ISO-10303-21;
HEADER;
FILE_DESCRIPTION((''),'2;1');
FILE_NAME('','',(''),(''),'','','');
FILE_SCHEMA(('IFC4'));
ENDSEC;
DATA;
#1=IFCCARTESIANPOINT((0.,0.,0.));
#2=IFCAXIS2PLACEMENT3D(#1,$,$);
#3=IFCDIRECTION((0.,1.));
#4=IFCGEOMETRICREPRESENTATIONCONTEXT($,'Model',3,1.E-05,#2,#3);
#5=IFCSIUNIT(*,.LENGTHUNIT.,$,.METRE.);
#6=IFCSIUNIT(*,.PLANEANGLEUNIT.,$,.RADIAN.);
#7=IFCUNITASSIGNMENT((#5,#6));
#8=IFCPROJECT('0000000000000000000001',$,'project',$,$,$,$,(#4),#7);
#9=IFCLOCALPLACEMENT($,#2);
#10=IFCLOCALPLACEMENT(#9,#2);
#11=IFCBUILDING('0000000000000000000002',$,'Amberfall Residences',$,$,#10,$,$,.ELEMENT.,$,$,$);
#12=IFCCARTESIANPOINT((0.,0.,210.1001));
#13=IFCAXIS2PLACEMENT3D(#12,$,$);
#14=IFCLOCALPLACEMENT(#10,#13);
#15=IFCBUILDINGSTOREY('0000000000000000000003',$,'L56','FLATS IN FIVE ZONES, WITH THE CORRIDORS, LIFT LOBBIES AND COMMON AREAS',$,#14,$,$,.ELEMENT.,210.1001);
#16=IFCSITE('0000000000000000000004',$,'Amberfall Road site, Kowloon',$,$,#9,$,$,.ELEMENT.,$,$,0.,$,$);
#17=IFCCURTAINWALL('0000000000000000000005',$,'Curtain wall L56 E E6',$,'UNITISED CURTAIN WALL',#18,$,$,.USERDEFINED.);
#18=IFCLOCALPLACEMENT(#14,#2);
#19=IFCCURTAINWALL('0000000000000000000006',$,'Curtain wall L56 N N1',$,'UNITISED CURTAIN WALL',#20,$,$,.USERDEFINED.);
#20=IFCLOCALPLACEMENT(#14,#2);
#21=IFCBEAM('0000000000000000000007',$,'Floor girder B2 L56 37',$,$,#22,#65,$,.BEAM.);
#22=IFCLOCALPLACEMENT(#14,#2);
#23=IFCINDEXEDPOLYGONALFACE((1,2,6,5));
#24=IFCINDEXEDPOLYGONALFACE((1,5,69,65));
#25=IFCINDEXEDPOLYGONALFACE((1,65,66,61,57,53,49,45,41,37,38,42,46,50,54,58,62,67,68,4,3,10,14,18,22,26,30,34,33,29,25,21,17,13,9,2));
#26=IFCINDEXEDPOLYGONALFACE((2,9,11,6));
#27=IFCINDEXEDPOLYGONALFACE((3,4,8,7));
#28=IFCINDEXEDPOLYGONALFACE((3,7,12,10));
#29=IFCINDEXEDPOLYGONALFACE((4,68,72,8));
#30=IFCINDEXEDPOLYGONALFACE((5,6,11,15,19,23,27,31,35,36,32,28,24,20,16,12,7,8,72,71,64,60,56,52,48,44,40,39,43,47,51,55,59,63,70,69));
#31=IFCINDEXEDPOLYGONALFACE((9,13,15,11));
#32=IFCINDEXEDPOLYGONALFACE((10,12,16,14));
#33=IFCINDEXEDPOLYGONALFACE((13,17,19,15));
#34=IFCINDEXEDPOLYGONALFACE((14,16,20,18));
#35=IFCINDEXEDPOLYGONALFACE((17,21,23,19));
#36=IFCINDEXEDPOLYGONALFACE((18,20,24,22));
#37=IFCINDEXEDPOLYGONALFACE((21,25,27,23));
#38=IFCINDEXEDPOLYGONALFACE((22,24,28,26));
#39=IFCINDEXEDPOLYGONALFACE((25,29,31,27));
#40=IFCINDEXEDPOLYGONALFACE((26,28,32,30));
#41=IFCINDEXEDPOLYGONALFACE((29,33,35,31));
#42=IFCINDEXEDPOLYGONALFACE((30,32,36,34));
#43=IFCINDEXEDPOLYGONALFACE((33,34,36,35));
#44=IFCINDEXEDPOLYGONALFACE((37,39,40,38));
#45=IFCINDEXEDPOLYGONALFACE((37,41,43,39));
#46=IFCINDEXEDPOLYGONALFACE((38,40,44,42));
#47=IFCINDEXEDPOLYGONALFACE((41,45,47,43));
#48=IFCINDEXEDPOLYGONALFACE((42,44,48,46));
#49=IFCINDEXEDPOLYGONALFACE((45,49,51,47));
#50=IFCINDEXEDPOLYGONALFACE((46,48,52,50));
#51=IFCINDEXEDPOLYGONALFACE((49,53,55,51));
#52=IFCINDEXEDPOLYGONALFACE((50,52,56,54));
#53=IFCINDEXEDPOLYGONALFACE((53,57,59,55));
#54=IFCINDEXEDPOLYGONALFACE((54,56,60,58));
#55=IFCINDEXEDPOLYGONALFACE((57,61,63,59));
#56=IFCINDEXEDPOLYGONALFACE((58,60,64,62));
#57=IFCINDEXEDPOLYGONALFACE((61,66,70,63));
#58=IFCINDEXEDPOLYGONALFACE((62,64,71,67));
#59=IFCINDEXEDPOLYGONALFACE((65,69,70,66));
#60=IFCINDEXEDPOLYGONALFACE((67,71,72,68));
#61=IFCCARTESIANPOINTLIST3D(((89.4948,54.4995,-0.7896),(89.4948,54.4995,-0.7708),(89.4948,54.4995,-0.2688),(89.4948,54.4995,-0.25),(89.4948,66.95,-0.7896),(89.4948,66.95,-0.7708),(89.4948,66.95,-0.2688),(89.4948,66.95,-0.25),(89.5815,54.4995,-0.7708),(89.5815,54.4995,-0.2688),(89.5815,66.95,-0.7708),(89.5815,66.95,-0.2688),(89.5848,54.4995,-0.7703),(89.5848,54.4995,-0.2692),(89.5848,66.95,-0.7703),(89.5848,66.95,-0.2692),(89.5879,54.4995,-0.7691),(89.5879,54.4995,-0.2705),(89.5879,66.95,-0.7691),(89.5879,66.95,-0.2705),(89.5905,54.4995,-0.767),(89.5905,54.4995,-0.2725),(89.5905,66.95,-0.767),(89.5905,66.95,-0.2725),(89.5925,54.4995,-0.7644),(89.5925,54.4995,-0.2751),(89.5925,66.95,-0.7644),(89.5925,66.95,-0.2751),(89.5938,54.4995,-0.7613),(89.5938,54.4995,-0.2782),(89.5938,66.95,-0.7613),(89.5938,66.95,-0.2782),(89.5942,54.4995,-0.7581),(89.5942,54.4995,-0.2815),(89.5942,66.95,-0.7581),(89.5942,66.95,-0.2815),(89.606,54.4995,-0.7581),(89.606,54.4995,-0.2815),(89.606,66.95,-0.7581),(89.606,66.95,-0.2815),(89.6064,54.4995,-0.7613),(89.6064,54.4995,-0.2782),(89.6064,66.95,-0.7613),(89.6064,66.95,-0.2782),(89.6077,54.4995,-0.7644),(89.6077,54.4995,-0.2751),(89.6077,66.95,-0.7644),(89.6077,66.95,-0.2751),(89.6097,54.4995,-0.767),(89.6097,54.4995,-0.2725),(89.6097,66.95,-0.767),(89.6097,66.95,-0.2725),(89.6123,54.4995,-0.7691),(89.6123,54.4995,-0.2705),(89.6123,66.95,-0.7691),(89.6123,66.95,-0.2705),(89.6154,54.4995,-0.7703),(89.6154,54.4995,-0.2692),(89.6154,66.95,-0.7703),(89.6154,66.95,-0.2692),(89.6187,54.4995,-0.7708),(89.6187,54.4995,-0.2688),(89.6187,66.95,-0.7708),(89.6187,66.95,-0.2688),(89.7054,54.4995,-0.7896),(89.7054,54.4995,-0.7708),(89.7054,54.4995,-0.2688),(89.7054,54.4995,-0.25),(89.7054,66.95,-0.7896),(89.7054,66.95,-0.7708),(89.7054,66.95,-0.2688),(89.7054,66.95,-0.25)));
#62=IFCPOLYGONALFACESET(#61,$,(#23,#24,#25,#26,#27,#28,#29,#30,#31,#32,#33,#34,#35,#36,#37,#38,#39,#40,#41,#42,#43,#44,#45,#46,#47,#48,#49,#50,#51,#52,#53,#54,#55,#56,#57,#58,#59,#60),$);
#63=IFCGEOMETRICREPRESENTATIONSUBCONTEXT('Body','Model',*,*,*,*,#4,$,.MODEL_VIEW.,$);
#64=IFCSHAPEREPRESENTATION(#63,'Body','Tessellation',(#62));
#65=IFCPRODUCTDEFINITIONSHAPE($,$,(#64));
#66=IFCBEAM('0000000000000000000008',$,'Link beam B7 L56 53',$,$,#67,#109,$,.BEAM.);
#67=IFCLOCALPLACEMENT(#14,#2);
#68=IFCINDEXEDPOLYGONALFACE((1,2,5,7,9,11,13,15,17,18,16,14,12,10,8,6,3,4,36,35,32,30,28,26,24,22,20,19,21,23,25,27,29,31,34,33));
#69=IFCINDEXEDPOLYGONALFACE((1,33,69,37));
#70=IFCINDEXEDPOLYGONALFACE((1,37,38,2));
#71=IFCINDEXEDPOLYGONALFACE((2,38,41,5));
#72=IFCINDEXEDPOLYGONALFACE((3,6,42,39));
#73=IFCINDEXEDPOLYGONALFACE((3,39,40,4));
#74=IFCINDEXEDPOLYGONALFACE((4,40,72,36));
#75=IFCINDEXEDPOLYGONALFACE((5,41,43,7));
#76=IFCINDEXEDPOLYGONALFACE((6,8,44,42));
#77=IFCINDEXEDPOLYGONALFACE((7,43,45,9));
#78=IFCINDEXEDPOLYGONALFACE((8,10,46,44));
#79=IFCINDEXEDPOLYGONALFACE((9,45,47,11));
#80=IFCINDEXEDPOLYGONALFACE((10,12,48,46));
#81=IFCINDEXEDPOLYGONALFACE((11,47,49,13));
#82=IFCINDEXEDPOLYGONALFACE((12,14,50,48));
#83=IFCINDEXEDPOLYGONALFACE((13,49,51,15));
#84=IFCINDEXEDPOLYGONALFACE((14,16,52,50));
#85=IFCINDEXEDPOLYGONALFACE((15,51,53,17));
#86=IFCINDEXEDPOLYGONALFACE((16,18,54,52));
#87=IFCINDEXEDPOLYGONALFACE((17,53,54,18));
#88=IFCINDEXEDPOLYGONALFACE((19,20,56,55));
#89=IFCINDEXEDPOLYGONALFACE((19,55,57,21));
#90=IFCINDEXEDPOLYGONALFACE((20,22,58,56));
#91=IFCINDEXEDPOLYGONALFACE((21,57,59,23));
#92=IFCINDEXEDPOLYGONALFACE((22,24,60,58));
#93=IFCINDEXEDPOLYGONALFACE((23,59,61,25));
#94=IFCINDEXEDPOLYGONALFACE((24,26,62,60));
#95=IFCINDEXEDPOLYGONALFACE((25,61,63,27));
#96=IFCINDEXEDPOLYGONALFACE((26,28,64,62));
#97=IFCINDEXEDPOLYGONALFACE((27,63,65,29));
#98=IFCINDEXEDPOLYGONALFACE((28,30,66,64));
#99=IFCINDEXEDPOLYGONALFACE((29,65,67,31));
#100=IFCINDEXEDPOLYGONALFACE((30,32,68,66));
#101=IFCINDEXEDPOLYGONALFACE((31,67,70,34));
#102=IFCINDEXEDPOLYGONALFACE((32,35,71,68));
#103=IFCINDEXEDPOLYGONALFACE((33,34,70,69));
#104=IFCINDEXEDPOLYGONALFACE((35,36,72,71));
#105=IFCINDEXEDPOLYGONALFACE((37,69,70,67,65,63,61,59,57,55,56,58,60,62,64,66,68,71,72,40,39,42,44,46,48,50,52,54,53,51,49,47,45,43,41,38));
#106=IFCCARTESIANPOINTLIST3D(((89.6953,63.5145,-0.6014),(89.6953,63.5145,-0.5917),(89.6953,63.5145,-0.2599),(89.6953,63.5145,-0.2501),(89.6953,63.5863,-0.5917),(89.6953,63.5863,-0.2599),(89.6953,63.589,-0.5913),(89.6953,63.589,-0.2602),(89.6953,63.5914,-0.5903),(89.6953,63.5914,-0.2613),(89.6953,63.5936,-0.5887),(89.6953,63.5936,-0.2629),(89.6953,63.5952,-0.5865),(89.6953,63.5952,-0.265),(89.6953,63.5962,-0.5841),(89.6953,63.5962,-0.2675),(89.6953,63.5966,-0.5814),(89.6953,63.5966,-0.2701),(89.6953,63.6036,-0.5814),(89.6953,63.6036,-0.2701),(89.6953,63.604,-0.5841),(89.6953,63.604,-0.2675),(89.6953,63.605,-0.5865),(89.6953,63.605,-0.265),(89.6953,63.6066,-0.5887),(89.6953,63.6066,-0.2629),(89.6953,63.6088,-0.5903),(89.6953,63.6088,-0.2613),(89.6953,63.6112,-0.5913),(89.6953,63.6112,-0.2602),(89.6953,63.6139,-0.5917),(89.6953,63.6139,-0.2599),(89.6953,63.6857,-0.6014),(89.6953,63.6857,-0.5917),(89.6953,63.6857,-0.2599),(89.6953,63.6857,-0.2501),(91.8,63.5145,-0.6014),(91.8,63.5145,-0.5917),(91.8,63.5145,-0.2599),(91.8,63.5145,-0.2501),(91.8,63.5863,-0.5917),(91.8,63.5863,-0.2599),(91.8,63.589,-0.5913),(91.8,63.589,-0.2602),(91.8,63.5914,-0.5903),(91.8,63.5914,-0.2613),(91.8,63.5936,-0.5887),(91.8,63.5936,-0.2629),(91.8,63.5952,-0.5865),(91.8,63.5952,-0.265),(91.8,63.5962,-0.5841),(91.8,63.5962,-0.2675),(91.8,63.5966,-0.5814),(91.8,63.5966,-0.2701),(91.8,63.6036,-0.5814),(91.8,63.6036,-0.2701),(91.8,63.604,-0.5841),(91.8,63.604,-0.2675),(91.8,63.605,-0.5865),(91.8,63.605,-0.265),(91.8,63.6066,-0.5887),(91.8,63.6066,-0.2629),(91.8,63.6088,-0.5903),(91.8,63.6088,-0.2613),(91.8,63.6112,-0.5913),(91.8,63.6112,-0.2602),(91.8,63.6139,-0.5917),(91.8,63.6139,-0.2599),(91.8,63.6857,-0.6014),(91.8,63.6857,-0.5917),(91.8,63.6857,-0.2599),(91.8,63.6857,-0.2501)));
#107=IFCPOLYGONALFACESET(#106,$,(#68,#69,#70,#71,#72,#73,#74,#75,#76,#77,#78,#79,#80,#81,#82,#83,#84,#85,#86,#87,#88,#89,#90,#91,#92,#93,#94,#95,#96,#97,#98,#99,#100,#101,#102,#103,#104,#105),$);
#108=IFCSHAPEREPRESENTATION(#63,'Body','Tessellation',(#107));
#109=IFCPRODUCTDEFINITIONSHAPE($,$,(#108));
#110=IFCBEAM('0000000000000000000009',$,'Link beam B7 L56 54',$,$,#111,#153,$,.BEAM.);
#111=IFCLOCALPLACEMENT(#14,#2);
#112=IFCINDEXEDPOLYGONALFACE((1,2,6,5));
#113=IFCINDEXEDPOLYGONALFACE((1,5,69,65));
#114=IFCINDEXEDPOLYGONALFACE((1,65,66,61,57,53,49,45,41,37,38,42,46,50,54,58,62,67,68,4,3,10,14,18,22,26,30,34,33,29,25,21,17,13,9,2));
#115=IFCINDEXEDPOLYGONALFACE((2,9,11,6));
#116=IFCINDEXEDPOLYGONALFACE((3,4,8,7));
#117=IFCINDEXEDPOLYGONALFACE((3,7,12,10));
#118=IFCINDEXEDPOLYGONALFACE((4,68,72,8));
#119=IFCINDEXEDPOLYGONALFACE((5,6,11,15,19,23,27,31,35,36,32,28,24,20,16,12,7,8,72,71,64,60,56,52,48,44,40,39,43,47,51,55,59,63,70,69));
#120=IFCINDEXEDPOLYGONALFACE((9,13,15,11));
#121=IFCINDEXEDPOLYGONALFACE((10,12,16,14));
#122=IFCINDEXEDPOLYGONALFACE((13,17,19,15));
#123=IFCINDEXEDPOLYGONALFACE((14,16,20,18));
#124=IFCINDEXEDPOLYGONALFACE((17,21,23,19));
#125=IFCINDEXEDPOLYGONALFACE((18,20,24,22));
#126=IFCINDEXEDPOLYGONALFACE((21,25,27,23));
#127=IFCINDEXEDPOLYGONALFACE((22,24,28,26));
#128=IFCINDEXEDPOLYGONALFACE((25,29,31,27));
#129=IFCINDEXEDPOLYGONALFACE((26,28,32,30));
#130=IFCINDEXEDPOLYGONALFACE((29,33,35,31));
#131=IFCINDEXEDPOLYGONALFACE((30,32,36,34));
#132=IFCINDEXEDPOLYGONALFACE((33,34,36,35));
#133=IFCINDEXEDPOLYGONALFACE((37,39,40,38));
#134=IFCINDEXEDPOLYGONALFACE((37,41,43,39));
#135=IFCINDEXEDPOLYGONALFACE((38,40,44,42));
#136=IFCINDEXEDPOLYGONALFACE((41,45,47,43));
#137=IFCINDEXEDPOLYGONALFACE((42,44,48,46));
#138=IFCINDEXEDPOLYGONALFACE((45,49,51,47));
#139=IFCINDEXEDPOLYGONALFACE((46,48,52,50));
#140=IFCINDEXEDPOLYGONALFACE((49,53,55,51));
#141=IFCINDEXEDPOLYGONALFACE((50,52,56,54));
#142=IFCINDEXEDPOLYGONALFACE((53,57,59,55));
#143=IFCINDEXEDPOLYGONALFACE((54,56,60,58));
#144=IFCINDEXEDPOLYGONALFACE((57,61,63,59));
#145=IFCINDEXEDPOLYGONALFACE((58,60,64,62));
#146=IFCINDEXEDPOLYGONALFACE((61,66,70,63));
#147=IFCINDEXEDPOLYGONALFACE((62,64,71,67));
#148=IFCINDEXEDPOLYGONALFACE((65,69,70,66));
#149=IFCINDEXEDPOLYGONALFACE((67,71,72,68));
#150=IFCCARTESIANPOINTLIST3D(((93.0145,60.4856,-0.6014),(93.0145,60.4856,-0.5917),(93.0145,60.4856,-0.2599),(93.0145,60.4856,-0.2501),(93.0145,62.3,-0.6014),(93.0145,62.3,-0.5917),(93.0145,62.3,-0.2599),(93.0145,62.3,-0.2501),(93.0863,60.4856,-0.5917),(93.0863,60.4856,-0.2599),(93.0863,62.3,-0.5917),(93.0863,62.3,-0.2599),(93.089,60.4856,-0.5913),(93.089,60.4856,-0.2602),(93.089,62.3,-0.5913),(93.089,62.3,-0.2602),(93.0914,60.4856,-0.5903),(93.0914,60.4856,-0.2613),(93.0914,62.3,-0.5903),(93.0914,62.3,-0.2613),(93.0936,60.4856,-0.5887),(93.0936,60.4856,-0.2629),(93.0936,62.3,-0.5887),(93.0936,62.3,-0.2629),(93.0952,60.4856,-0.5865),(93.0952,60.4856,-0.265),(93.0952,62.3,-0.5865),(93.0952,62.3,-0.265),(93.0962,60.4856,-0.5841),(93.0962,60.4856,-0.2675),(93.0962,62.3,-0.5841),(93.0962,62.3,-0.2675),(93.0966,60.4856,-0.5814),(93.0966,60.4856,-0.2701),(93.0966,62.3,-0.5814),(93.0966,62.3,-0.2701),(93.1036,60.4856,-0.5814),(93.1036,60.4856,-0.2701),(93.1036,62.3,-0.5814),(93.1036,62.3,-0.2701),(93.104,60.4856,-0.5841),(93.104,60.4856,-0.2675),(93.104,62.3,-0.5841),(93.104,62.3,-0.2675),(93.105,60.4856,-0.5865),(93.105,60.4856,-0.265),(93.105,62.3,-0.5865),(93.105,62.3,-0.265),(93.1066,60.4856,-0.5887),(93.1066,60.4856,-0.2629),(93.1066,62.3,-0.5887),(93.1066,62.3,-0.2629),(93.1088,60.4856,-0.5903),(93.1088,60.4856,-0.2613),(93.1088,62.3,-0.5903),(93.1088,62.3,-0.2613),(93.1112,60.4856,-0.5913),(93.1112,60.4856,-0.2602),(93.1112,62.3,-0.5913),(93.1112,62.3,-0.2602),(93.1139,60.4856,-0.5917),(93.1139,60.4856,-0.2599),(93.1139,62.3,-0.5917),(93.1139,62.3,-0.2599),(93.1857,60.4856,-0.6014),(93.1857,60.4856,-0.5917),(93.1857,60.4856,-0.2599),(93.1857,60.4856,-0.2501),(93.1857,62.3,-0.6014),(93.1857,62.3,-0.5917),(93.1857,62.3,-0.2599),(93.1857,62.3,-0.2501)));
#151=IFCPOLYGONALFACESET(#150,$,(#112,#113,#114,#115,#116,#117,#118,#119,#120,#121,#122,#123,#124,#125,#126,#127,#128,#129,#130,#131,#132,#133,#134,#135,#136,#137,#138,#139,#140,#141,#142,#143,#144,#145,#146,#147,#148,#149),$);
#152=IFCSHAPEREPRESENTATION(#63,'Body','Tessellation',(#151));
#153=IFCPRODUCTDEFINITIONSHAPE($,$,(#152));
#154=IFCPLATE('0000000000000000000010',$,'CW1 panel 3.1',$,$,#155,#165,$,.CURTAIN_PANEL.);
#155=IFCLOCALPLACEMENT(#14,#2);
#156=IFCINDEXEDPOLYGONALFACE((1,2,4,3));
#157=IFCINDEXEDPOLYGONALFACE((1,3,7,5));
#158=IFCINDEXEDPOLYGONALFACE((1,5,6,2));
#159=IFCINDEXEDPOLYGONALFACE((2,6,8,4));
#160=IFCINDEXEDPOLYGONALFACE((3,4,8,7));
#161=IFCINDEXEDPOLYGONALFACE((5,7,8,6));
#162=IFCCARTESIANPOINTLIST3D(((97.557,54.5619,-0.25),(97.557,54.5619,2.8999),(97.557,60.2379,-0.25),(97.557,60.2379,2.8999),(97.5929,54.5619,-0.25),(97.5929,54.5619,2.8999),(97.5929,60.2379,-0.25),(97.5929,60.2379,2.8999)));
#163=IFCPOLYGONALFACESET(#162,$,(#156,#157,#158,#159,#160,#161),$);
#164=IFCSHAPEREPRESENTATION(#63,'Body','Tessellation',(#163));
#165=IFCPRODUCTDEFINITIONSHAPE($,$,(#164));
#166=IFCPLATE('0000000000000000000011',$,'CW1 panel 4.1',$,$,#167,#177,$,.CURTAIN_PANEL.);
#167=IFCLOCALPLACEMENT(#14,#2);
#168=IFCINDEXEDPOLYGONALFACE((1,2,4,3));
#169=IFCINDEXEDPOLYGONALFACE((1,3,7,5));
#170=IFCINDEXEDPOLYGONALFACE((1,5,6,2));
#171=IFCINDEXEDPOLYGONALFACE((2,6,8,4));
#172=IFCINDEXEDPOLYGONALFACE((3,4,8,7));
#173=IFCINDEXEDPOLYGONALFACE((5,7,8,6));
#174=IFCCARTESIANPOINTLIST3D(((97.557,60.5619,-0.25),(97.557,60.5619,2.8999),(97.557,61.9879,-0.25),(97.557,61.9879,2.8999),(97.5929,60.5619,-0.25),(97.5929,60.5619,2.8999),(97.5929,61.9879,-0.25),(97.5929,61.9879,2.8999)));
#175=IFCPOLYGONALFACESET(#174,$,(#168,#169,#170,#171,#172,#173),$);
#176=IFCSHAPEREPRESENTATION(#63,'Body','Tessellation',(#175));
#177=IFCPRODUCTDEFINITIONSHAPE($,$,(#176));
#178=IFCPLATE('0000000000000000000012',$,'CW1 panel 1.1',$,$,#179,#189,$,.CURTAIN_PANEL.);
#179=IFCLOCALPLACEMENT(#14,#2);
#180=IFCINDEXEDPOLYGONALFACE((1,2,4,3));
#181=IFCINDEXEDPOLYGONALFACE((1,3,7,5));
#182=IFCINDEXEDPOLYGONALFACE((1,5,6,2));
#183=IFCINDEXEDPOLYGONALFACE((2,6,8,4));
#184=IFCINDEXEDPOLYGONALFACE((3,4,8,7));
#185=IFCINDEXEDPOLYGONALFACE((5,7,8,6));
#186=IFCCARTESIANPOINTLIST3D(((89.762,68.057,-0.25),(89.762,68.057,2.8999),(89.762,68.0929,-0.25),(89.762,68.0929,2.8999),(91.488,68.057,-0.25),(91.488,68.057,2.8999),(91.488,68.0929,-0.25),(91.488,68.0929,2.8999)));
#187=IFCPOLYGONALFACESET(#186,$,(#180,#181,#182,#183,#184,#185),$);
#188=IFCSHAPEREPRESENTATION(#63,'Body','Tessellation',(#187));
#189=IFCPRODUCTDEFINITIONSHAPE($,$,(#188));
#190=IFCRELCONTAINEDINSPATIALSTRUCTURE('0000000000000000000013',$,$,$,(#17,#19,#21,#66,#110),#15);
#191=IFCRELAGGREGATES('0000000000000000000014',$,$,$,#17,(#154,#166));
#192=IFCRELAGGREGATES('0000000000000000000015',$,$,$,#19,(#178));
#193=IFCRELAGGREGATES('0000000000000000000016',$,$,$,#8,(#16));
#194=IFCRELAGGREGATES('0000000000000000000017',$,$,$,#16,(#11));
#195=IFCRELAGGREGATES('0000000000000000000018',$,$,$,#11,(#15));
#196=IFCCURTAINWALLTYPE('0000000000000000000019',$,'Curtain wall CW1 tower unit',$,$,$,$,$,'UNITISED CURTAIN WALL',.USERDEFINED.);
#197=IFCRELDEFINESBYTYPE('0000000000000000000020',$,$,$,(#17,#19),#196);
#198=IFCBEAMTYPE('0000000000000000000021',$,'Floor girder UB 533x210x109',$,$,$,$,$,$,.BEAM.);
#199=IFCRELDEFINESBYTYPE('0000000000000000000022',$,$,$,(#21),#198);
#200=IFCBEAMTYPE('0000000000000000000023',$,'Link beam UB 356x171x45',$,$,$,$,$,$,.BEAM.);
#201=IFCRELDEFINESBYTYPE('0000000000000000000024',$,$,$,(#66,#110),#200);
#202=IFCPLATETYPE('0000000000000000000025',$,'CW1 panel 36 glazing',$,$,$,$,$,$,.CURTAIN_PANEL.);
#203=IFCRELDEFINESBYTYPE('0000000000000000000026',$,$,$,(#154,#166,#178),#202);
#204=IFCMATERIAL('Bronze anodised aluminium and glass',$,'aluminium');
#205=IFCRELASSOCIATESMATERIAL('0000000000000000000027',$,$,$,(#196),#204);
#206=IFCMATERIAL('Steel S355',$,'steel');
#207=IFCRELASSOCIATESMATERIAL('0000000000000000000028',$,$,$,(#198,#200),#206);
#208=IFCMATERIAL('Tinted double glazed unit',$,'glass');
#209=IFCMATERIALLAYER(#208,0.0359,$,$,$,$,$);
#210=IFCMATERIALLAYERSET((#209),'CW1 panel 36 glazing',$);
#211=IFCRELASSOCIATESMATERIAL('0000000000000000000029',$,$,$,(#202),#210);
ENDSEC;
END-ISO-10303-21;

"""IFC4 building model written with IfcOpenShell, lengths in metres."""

from ifc_helpers import new_model, si_unit, direction, frame, origin, origin_2d, place, context, subcontext, project, spatial, rectangle, i_section, extrude, material, layer, layer_set, material_profile, profile_set, type_object, element, aggregate, save


model = new_model("IFC4")

# Units and contexts
model_context = context("Model", 3, precision=1e-05, world=origin(), true_north=direction((0.0, 1.0)))
body_context = subcontext(model_context, "Body", "Model", "MODEL_VIEW")
ifc_project = project(units=[si_unit("LENGTHUNIT", "METRE"), si_unit("PLANEANGLEUNIT", "RADIAN")], contexts=[model_context])

# Site, building, storey
site_placement = place(None, origin())
site = spatial("IfcSite", under=ifc_project, at=site_placement, Name="Amberfall Road site, Kowloon", CompositionType="ELEMENT", RefElevation=0.0)
building_placement = place(site_placement, origin())
building = spatial("IfcBuilding", under=site, at=building_placement, Name="Amberfall Residences", CompositionType="ELEMENT")
storey_placement = place(building_placement, frame((0.0, 0.0, 210.1001)))
storey = spatial("IfcBuildingStorey", under=building, at=storey_placement, Name="L56", Description="FLATS IN FIVE ZONES, WITH THE CORRIDORS, LIFT LOBBIES AND COMMON AREAS", CompositionType="ELEMENT", Elevation=210.1001)

# Curtain walls
ifc_material_1 = material(Name="Bronze anodised aluminium and glass", Category="aluminium")
curtain_wall_type = type_object("IfcCurtainWallType", Name="Curtain wall CW1 tower unit", ElementType="UNITISED CURTAIN WALL", PredefinedType="USERDEFINED", material=ifc_material_1)
curtain_wall_1_placement = place(storey_placement, origin())
curtain_wall_1 = element("IfcCurtainWall", 1, at=curtain_wall_1_placement, inside=storey, type_object=curtain_wall_type, Name="Curtain wall L56 E E6", ObjectType="UNITISED CURTAIN WALL", PredefinedType="USERDEFINED")
curtain_wall_2_placement = place(storey_placement, origin())
curtain_wall_2 = element("IfcCurtainWall", 2, at=curtain_wall_2_placement, inside=storey, type_object=curtain_wall_type, Name="Curtain wall L56 N N1", ObjectType="UNITISED CURTAIN WALL", PredefinedType="USERDEFINED")

# Beams
ifc_material_2 = material(Name="Steel S355", Category="steel")
ifc_material_profile_1 = material_profile(ifc_material_2, i_section(OverallWidth=0.2107, OverallDepth=0.5396, WebThickness=0.0117, FlangeThickness=0.0188, FilletRadius=0.0127, at=origin_2d()), Name="UB 533x210x109")
ifc_profile_set_1 = profile_set([ifc_material_profile_1], Name="Steel S355")
beam_type_1 = type_object("IfcBeamType", Name="Floor girder UB 533x210x109", PredefinedType="BEAM", material=ifc_profile_set_1)
beam_1_placement = place(storey_placement, frame((89.6001, 66.95, -0.5198), z_axis=(0.0, -1.0, 0.0), x_axis=(1.0, 0.0, 0.0)))
element("IfcBeam", 3, at=beam_1_placement, inside=storey, type_object=beam_type_1, Name="Floor girder B2 L56 37", PredefinedType="BEAM", context=body_context, shape_type="SweptSolid", body=[
    extrude(i_section(OverallWidth=0.2107, OverallDepth=0.5396, WebThickness=0.0117, FlangeThickness=0.0188, FilletRadius=0.0127, at=origin_2d()), origin(), (0.0, 0.0, 1.0), 12.4504),
])
ifc_material_profile_2 = material_profile(ifc_material_2, i_section(OverallWidth=0.1711, OverallDepth=0.3513, WebThickness=0.0071, FlangeThickness=0.0098, FilletRadius=0.0103, at=origin_2d()), Name="UB 356x171x45")
ifc_profile_set_2 = profile_set([ifc_material_profile_2], Name="Steel S355")
beam_type_2 = type_object("IfcBeamType", Name="Link beam UB 356x171x45", PredefinedType="BEAM", material=ifc_profile_set_2)
beam_2_placement = place(storey_placement, frame((91.8, 63.6001, -0.4258), z_axis=(-1.0, 0.0, 0.0), x_axis=(0.0, -1.0, 0.0)))
element("IfcBeam", 4, at=beam_2_placement, inside=storey, type_object=beam_type_2, Name="Link beam B7 L56 53", PredefinedType="BEAM", context=body_context, shape_type="SweptSolid", body=[
    extrude(i_section(OverallWidth=0.1711, OverallDepth=0.3513, WebThickness=0.0071, FlangeThickness=0.0098, FilletRadius=0.0103, at=origin_2d()), origin(), (0.0, 0.0, 1.0), 2.1047),
])
beam_3_placement = place(storey_placement, frame((93.1001, 62.3, -0.4258), z_axis=(0.0, -1.0, 0.0), x_axis=(1.0, 0.0, 0.0)))
element("IfcBeam", 5, at=beam_3_placement, inside=storey, type_object=beam_type_2, Name="Link beam B7 L56 54", PredefinedType="BEAM", context=body_context, shape_type="SweptSolid", body=[
    extrude(i_section(OverallWidth=0.1711, OverallDepth=0.3513, WebThickness=0.0071, FlangeThickness=0.0098, FilletRadius=0.0103, at=origin_2d()), origin(), (0.0, 0.0, 1.0), 1.8145),
])

# Plates
ifc_material_3 = material(Name="Tinted double glazed unit", Category="glass")
ifc_layer_1 = layer(ifc_material_3, 0.0359)
ifc_layer_set_1 = layer_set([ifc_layer_1], Name="CW1 panel 36 glazing")
plate_type = type_object("IfcPlateType", Name="CW1 panel 36 glazing", PredefinedType="CURTAIN_PANEL", material=ifc_layer_set_1)
plate_1_placement = place(storey_placement, frame((97.575, 57.3999, -0.25), z_axis=(0.0, 0.0, 1.0), x_axis=(0.0, 1.0, 0.0)))
plate_1 = element("IfcPlate", 6, at=plate_1_placement, type_object=plate_type, Name="CW1 panel 3.1", PredefinedType="CURTAIN_PANEL", context=body_context, shape_type="SweptSolid", body=[
    extrude(rectangle(XDim=5.676, YDim=0.0359, at=origin_2d()), origin(), (0.0, 0.0, 1.0), 3.1499),
])
plate_2_placement = place(storey_placement, frame((97.575, 61.2749, -0.25), z_axis=(0.0, 0.0, 1.0), x_axis=(0.0, 1.0, 0.0)))
plate_2 = element("IfcPlate", 7, at=plate_2_placement, type_object=plate_type, Name="CW1 panel 4.1", PredefinedType="CURTAIN_PANEL", context=body_context, shape_type="SweptSolid", body=[
    extrude(rectangle(XDim=1.426, YDim=0.0359, at=origin_2d()), origin(), (0.0, 0.0, 1.0), 3.1499),
])
aggregate(curtain_wall_1, [plate_1, plate_2])
plate_3_placement = place(storey_placement, frame((90.625, 68.075, -0.25), z_axis=(0.0, 0.0, 1.0), x_axis=(-1.0, 0.0, 0.0)))
plate_3 = element("IfcPlate", 8, at=plate_3_placement, type_object=plate_type, Name="CW1 panel 1.1", PredefinedType="CURTAIN_PANEL", context=body_context, shape_type="SweptSolid", body=[
    extrude(rectangle(XDim=1.7261, YDim=0.0359, at=origin_2d()), origin(), (0.0, 0.0, 1.0), 3.1499),
])
aggregate(curtain_wall_2, [plate_3])

save(model, "model.ifc")
